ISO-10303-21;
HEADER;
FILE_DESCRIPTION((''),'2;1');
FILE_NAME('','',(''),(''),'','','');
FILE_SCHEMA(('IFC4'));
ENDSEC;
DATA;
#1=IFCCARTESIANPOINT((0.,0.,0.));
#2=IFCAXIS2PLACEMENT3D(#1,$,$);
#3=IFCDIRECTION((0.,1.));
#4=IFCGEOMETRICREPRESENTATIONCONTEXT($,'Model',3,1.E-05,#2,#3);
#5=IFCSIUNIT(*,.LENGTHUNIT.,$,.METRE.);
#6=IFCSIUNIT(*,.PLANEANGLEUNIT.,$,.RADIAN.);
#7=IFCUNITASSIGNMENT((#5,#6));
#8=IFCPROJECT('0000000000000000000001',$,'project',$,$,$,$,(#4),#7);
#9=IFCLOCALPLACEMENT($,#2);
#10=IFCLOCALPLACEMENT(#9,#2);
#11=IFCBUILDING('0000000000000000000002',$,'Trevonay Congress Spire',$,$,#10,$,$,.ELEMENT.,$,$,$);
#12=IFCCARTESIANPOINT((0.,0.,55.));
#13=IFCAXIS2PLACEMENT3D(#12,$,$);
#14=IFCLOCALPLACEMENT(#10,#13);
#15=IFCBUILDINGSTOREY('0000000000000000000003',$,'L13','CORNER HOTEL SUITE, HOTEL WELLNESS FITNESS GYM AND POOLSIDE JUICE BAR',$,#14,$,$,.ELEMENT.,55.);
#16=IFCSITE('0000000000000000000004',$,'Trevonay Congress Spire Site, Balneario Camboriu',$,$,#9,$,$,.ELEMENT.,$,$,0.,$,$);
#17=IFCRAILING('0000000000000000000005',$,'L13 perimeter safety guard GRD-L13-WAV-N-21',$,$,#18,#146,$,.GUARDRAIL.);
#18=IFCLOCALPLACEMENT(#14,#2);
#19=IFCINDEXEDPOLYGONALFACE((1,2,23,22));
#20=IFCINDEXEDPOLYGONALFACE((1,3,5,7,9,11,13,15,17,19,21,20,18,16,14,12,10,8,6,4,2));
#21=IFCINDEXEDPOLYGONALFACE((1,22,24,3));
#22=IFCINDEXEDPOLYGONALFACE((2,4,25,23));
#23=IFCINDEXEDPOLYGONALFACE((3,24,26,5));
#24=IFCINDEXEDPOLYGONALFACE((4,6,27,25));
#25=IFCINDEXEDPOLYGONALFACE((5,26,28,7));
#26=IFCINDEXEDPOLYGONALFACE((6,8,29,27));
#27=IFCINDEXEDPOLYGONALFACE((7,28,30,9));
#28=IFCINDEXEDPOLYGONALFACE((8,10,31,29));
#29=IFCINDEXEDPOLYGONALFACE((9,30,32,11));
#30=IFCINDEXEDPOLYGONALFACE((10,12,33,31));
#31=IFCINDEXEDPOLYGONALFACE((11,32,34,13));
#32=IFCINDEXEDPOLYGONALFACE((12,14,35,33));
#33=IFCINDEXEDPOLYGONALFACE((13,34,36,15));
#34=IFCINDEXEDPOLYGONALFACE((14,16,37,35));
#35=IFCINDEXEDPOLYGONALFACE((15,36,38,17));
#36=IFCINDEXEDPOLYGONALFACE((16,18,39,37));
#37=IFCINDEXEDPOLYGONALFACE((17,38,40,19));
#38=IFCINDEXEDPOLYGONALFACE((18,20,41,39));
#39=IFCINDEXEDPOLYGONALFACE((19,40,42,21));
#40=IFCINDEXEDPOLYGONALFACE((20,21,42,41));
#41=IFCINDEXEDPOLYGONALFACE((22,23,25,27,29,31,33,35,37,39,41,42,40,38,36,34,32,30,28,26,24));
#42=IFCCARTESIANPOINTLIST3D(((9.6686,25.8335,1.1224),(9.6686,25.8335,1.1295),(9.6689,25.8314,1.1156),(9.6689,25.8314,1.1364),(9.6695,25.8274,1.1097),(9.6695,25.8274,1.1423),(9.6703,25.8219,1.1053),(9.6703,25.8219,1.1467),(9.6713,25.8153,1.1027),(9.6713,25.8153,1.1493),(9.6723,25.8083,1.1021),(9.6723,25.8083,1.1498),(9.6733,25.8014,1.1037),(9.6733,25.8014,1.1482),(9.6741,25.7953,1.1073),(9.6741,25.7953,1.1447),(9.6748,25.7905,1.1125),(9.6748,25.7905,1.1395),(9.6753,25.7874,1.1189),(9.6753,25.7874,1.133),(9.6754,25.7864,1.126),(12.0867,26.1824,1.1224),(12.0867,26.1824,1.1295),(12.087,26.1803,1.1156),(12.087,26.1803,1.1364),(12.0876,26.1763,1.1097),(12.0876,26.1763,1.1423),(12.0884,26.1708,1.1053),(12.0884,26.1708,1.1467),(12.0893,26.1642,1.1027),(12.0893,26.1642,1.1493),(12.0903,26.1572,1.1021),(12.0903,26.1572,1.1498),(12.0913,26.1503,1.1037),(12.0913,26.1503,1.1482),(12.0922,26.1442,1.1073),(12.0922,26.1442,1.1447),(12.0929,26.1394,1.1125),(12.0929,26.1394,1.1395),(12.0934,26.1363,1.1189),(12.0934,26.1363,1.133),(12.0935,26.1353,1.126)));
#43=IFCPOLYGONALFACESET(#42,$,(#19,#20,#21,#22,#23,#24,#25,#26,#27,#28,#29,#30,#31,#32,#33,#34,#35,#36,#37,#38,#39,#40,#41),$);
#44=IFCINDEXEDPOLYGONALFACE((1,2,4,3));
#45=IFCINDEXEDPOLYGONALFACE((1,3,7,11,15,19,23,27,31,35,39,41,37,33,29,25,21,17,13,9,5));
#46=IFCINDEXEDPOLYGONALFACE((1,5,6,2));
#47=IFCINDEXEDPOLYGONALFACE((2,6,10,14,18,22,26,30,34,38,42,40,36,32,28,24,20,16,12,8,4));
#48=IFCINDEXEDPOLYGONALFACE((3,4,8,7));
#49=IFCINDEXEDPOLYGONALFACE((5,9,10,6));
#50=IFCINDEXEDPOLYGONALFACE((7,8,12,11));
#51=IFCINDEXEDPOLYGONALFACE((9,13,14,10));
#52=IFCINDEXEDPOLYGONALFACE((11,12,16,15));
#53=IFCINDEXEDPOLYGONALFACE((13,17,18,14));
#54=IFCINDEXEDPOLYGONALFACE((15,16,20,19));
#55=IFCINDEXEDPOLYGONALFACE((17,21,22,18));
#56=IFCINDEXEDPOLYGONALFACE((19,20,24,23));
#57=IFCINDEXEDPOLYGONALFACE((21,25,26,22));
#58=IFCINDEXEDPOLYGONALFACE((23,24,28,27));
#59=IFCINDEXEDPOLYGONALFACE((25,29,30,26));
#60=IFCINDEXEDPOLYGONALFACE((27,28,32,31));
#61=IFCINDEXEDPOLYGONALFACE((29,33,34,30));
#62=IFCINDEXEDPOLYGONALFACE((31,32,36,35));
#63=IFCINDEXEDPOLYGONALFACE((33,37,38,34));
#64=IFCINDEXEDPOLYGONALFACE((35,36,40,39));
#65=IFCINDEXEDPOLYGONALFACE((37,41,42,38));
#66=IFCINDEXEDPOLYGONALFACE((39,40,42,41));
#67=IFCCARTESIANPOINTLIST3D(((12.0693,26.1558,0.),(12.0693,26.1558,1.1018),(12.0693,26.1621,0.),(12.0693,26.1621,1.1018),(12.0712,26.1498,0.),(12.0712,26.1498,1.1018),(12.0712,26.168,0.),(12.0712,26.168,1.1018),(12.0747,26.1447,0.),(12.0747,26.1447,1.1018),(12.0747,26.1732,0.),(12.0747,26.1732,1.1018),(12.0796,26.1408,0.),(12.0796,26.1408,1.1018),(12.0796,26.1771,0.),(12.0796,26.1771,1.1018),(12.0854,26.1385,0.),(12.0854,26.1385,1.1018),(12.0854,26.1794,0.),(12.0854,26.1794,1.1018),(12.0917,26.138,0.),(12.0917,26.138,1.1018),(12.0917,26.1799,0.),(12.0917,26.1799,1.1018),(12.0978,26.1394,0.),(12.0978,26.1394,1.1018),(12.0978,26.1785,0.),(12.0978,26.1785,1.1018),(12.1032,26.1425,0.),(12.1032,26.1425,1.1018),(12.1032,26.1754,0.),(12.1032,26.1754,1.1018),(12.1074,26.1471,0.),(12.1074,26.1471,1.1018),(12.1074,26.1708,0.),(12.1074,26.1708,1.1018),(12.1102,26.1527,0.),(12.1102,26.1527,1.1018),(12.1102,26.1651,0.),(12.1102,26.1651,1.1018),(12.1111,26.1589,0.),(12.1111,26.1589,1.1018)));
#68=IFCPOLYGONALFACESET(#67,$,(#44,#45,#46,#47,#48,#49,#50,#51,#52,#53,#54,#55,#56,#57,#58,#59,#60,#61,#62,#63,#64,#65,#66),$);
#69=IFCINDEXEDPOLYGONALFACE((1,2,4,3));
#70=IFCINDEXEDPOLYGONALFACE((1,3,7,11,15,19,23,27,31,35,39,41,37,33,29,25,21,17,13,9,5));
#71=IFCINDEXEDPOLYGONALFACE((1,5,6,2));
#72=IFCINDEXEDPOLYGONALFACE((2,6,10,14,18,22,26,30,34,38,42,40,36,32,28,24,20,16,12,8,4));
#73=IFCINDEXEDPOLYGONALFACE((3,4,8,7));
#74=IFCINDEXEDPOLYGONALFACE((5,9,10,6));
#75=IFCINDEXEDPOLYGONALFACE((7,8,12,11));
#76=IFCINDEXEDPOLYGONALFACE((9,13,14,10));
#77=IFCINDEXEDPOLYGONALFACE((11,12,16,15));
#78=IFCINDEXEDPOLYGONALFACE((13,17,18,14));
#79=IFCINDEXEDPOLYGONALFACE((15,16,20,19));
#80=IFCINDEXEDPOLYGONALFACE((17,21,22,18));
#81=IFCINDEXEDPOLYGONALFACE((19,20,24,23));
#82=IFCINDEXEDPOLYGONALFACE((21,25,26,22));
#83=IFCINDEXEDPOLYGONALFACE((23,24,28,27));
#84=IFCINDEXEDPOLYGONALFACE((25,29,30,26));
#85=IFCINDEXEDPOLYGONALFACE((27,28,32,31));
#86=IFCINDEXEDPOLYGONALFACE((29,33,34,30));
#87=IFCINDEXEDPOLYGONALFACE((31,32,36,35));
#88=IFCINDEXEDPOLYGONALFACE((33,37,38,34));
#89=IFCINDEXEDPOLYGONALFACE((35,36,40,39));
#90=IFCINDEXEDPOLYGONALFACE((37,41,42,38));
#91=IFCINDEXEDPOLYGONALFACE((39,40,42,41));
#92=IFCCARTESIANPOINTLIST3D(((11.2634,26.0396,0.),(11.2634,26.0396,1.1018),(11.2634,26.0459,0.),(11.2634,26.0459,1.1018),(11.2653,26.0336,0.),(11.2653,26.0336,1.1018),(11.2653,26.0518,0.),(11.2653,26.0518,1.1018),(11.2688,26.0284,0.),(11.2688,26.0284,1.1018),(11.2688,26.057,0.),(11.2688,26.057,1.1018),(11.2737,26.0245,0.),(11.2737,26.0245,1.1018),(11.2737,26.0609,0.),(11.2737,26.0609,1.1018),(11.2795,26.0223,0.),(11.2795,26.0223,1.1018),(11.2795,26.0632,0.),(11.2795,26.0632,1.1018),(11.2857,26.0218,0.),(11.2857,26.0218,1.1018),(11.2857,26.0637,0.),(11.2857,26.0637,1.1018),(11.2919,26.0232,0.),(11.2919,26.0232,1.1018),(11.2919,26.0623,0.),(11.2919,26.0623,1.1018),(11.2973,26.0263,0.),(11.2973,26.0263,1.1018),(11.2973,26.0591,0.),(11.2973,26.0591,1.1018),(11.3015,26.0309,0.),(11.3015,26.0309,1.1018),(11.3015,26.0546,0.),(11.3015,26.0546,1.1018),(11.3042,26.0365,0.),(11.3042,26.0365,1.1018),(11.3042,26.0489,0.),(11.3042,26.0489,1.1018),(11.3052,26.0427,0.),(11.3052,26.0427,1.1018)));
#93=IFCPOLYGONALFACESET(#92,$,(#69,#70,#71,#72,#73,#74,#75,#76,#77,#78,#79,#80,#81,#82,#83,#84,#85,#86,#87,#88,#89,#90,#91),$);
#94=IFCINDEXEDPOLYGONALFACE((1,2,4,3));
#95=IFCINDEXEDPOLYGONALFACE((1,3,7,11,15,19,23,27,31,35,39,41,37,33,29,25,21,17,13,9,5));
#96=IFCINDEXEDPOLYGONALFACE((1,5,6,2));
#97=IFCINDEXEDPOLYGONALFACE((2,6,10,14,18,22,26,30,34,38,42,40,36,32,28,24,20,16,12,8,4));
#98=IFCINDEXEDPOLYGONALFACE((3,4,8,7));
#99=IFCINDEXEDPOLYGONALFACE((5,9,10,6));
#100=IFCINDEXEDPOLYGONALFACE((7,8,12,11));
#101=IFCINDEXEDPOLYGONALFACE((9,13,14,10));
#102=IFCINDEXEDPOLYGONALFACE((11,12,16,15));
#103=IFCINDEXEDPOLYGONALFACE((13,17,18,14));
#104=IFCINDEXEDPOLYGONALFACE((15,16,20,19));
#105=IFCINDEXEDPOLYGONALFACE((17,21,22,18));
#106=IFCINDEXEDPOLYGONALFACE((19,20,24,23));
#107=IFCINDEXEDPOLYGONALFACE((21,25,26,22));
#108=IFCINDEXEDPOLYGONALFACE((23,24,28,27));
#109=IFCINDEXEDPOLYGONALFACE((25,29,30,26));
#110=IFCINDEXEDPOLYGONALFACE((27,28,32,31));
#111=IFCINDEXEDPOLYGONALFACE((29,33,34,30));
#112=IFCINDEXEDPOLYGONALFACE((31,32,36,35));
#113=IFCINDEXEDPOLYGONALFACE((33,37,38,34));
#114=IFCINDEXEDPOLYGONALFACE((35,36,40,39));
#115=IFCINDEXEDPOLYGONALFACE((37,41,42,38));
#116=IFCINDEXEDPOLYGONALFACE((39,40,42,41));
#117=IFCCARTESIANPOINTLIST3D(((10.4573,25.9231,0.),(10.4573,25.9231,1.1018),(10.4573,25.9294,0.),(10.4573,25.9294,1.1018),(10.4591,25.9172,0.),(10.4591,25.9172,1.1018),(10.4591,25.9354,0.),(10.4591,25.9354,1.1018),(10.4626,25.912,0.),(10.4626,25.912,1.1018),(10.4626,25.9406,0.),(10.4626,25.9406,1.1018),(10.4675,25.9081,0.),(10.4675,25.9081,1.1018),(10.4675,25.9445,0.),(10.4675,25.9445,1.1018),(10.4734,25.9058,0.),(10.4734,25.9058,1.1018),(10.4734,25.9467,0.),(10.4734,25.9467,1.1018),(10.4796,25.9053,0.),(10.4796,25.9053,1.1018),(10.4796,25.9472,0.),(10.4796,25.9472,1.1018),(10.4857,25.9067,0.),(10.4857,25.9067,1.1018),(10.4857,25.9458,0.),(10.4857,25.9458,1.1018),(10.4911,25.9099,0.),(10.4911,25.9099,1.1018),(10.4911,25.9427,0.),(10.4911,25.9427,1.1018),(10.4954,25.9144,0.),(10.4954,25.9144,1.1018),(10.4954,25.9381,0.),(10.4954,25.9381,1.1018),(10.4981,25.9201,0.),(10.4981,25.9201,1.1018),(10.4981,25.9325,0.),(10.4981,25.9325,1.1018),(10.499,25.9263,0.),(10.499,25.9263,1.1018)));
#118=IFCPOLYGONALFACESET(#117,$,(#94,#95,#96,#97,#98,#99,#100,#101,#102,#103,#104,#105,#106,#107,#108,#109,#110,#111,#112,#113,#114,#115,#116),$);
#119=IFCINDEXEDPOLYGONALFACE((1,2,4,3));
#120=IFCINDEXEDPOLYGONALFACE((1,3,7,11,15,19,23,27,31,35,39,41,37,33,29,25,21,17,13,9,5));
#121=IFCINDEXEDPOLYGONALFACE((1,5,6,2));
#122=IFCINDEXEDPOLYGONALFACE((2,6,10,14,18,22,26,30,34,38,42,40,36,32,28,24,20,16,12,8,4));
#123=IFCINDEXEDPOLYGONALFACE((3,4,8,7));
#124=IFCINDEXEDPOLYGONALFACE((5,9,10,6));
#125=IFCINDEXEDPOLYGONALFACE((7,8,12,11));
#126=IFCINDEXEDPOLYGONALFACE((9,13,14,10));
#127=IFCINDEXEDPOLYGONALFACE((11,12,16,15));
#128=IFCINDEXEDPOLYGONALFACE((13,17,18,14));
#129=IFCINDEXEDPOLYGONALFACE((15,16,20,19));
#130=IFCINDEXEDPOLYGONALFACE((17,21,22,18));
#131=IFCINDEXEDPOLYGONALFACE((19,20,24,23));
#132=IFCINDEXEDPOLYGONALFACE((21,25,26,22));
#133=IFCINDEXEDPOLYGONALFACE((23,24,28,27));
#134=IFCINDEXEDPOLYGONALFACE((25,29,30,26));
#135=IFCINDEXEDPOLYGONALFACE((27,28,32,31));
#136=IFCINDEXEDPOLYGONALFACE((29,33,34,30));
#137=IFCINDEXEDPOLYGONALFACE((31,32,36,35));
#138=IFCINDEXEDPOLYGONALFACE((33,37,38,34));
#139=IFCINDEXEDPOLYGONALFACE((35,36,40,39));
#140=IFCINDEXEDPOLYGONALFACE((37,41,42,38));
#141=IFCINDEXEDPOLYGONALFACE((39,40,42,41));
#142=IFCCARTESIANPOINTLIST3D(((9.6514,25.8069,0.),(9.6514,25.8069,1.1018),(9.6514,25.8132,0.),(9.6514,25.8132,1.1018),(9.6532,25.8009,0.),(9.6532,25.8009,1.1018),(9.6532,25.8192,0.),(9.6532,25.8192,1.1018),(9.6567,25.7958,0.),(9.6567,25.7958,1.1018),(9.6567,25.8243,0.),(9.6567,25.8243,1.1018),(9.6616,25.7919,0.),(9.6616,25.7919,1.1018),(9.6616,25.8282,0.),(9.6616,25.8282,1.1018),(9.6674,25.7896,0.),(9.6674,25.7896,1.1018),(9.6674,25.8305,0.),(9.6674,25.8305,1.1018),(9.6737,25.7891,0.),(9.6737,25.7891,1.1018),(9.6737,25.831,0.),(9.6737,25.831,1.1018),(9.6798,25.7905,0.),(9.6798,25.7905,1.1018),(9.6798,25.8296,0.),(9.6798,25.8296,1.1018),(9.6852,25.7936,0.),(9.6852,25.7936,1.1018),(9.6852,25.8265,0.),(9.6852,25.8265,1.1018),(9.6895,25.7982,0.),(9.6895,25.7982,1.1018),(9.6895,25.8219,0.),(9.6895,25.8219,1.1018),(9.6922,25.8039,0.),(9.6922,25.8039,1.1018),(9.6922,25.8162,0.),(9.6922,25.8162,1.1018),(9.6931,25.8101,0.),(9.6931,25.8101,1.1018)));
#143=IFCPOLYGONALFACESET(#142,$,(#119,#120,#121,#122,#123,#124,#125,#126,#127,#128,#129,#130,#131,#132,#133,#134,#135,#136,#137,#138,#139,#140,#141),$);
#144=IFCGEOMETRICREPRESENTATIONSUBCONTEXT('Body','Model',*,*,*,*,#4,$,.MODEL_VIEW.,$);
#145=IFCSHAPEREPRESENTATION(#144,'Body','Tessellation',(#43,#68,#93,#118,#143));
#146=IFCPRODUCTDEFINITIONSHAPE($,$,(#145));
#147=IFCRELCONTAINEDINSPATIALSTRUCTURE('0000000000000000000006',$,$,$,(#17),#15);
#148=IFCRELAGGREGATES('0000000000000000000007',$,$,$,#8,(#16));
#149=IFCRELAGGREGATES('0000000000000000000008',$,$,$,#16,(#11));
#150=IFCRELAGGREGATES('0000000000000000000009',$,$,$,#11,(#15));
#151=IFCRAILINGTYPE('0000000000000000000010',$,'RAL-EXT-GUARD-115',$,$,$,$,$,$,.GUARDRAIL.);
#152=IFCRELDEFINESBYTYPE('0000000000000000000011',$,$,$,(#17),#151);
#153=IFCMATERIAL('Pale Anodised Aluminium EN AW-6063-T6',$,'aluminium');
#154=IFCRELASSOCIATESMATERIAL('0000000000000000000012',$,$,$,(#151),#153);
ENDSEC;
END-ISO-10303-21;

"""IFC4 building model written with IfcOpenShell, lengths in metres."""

from ifc_helpers import new_model, si_unit, direction, frame, origin, origin_2d, place, context, subcontext, project, spatial, circle, extrude, material, type_object, element, save


model = new_model("IFC4")

# Units and contexts
model_context = context("Model", 3, precision=1e-05, world=origin(), true_north=direction((0.0, 1.0)))
body_context = subcontext(model_context, "Body", "Model", "MODEL_VIEW")
ifc_project = project(units=[si_unit("LENGTHUNIT", "METRE"), si_unit("PLANEANGLEUNIT", "RADIAN")], contexts=[model_context])

# Site, building, storey
site_placement = place(None, origin())
site = spatial("IfcSite", under=ifc_project, at=site_placement, Name="Trevonay Congress Spire Site, Balneario Camboriu", CompositionType="ELEMENT", RefElevation=0.0)
building_placement = place(site_placement, origin())
building = spatial("IfcBuilding", under=site, at=building_placement, Name="Trevonay Congress Spire", CompositionType="ELEMENT")
storey_placement = place(building_placement, frame((0.0, 0.0, 55.0)))
storey = spatial("IfcBuildingStorey", under=building, at=storey_placement, Name="L13", Description="CORNER HOTEL SUITE, HOTEL WELLNESS FITNESS GYM AND POOLSIDE JUICE BAR", CompositionType="ELEMENT", Elevation=55.0)

# Shared definitions
ifc_material_1 = material(Name="Pale Anodised Aluminium EN AW-6063-T6", Category="aluminium")

# Railing
railing_type = type_object("IfcRailingType", Name="RAL-EXT-GUARD-115", PredefinedType="GUARDRAIL", material=ifc_material_1)
railing_1_placement = place(storey_placement, frame((12.0901, 26.1589, 0.0)))
element("IfcRailing", 1, at=railing_1_placement, inside=storey, type_object=railing_type, Name="L13 perimeter safety guard GRD-L13-WAV-N-21", PredefinedType="GUARDRAIL", context=body_context, shape_type="SweptSolid", body=[
    extrude(circle(Radius=0.0239, at=origin_2d()), frame((0.0, 0.0, 1.126), z_axis=(-0.989751, -0.142806, 0.0), x_axis=(0.142806, -0.989751, 0.0)), (0.0, 0.0, 1.0), 2.4431),
    extrude(circle(Radius=0.021, at=origin_2d()), origin(), (0.0, 0.0, 1.0), 1.1018),
    extrude(circle(Radius=0.021, at=origin_2d()), frame((-0.8059, -0.1162, 0.0)), (0.0, 0.0, 1.0), 1.1018),
    extrude(circle(Radius=0.021, at=origin_2d()), frame((-1.6121, -0.2327, 0.0)), (0.0, 0.0, 1.0), 1.1018),
    extrude(circle(Radius=0.021, at=origin_2d()), frame((-2.418, -0.3489, 0.0)), (0.0, 0.0, 1.0), 1.1018),
])

save(model, "model.ifc")
